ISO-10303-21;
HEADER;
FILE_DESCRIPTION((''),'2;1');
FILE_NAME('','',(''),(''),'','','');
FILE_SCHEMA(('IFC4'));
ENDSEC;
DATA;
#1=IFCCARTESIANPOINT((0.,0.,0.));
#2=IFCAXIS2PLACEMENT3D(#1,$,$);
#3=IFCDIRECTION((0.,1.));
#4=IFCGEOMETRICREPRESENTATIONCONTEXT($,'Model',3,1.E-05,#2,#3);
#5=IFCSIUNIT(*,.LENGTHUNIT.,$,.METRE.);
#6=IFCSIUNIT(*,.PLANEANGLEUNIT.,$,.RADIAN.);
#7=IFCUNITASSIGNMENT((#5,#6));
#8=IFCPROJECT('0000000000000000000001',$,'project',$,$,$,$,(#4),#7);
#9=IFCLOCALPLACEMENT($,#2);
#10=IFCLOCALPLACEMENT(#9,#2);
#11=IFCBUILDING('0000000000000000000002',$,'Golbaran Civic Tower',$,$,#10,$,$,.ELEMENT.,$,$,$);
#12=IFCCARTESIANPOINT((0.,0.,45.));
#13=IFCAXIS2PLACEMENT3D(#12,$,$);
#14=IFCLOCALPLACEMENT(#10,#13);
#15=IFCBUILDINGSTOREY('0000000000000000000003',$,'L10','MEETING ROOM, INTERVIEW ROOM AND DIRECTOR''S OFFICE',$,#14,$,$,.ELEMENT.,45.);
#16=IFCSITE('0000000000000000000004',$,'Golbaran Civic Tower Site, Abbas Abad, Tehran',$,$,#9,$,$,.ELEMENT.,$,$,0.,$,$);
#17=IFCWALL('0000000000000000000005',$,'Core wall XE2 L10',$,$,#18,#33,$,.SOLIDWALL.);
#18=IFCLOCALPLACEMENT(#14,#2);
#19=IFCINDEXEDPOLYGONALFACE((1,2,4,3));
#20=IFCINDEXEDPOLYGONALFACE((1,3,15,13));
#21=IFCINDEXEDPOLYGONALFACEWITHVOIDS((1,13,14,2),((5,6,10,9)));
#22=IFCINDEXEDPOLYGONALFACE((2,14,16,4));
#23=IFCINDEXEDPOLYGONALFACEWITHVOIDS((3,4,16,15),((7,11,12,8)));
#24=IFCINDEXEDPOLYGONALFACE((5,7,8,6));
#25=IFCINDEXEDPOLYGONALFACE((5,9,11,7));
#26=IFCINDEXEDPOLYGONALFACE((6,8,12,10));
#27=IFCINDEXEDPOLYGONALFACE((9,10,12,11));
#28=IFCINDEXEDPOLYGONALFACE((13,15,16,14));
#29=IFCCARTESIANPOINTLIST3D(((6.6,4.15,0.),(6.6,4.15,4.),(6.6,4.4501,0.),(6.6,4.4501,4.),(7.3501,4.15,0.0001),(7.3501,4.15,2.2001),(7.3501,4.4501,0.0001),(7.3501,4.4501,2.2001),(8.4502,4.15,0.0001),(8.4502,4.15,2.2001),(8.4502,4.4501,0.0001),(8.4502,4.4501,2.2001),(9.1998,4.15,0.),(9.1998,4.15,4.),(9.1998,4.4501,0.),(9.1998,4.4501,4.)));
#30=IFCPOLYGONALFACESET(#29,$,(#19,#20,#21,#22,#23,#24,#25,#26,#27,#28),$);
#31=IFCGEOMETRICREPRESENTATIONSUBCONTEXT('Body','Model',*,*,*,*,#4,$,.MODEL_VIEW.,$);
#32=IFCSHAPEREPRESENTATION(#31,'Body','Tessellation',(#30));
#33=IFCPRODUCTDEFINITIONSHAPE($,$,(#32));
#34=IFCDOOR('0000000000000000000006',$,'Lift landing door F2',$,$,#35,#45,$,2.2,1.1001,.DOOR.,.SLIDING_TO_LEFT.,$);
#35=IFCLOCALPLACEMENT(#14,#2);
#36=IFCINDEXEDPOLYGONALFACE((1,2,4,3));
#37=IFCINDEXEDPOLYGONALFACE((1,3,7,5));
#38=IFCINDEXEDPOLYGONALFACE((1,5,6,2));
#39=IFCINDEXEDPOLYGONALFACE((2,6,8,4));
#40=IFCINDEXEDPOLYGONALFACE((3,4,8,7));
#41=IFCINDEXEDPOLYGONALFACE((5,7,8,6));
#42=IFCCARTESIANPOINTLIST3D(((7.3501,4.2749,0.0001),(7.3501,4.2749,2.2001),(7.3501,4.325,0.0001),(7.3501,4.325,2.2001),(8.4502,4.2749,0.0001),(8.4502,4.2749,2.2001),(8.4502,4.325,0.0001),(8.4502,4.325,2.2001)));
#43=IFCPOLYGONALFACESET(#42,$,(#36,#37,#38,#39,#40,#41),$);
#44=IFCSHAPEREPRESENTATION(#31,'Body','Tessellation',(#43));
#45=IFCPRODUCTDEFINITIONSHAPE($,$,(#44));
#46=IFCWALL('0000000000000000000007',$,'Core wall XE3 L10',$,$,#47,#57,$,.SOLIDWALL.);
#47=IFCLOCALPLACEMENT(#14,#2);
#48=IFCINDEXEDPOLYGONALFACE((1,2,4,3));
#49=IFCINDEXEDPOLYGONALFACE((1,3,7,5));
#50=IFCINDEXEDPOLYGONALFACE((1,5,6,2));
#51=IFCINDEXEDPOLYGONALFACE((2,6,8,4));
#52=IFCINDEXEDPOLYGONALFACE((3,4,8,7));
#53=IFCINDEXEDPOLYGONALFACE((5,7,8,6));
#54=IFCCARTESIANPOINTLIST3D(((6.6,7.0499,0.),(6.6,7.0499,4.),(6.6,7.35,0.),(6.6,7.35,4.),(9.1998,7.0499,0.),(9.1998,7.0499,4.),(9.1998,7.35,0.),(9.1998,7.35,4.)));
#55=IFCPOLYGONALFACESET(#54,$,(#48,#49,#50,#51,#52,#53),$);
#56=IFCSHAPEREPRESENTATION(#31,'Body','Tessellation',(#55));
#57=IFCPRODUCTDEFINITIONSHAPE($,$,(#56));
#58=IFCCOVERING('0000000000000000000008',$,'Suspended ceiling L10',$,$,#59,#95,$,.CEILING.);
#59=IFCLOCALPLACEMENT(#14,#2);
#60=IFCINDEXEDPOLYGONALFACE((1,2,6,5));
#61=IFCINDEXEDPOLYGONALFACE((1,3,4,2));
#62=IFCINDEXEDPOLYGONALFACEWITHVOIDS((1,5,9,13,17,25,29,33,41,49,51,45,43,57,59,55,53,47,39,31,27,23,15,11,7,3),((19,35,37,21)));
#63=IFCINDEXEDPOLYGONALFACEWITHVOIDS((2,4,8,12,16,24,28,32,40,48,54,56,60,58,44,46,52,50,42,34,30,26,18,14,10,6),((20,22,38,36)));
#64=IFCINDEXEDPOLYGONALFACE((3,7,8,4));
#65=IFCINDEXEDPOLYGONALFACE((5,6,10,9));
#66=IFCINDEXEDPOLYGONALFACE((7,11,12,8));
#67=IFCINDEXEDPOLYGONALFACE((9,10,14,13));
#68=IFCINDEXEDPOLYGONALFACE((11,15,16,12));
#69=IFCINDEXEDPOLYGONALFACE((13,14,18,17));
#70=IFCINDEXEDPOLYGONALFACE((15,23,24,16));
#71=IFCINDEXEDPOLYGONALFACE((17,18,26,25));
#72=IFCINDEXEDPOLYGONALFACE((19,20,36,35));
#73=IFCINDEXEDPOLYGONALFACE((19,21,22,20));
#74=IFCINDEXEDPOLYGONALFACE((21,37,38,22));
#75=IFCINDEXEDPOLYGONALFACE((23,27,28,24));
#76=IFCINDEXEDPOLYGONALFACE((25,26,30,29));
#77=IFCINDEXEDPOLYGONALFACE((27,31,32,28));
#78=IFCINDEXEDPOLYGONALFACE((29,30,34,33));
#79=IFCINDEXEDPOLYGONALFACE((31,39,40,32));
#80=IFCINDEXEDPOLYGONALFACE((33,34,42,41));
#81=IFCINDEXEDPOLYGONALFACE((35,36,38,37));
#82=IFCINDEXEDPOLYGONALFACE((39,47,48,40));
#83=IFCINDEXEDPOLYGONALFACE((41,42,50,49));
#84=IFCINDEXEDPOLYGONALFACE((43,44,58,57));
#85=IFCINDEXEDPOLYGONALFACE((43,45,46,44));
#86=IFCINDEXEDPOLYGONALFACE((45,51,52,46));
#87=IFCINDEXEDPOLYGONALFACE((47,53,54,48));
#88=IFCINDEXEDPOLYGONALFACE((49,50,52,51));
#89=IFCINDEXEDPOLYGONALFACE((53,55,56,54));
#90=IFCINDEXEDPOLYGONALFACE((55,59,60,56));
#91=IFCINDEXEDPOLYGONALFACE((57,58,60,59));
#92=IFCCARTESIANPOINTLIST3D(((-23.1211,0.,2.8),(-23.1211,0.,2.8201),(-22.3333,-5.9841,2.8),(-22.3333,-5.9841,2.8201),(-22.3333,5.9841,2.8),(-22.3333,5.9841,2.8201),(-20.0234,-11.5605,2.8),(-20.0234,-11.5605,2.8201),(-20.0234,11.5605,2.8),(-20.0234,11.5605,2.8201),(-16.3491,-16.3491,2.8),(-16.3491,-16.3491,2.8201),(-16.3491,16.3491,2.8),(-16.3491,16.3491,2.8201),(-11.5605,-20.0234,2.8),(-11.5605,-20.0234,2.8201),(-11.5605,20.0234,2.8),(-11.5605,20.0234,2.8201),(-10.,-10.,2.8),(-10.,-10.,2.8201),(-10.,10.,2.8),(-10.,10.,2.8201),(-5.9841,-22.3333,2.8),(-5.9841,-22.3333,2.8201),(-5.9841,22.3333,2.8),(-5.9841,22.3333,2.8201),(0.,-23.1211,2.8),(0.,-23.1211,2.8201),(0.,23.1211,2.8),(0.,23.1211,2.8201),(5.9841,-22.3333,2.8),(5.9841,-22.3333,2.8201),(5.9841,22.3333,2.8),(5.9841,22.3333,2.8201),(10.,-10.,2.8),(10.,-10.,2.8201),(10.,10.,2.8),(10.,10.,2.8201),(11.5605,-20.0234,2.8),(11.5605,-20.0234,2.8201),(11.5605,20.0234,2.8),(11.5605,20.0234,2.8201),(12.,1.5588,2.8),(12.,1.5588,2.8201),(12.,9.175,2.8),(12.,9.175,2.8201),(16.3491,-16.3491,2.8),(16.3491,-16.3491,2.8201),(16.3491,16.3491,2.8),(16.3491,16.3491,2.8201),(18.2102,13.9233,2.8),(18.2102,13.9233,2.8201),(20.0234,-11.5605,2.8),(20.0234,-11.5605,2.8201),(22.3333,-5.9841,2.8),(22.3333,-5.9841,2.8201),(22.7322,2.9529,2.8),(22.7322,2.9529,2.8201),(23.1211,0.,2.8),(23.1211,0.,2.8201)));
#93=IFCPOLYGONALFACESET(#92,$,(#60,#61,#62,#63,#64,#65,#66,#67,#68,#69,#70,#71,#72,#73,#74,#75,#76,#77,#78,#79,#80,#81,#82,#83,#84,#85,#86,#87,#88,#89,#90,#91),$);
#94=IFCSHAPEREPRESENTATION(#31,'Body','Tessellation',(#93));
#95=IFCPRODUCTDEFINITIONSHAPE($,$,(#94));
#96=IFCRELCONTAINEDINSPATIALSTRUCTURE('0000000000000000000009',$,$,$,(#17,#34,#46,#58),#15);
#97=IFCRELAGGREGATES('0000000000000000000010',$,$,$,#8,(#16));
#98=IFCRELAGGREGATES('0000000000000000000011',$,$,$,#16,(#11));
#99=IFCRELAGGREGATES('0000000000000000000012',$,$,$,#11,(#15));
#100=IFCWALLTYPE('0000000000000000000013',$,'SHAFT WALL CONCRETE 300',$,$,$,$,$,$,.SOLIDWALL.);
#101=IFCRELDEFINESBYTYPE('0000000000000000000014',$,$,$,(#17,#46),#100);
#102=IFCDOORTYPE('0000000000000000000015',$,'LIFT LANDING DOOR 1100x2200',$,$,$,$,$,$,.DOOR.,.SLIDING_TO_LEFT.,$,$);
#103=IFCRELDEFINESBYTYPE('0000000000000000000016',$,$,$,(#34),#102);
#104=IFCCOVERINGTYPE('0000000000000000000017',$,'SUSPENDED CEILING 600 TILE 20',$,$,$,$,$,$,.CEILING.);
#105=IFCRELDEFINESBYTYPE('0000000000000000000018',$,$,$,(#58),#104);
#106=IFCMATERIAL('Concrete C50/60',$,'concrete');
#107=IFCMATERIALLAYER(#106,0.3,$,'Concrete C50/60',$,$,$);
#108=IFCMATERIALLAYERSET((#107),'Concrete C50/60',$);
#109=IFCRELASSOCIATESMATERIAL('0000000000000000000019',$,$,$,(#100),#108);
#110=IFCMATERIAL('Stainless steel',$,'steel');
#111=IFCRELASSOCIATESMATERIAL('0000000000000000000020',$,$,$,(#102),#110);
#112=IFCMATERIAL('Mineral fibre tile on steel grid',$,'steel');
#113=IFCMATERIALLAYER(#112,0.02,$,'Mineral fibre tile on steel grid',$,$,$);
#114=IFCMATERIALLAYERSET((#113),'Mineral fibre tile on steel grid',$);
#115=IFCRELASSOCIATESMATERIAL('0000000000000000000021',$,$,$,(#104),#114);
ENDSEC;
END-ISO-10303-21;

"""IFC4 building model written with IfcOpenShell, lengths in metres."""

from ifc_helpers import new_model, si_unit, direction, frame, frame_2d, origin, place, context, subcontext, project, spatial, polyline, rectangle, outline, extrude, material, layer, layer_set, type_object, element, fill, save


model = new_model("IFC4")

# Units and contexts
model_context = context("Model", 3, precision=1e-05, world=origin(), true_north=direction((0.0, 1.0)))
body_context = subcontext(model_context, "Body", "Model", "MODEL_VIEW")
ifc_project = project(units=[si_unit("LENGTHUNIT", "METRE"), si_unit("PLANEANGLEUNIT", "RADIAN")], contexts=[model_context])

# Site, building, storey
site_placement = place(None, origin())
site = spatial("IfcSite", under=ifc_project, at=site_placement, Name="Golbaran Civic Tower Site, Abbas Abad, Tehran", CompositionType="ELEMENT", RefElevation=0.0)
building_placement = place(site_placement, origin())
building = spatial("IfcBuilding", under=site, at=building_placement, Name="Golbaran Civic Tower", CompositionType="ELEMENT")
storey_placement = place(building_placement, frame((0.0, 0.0, 45.0)))
storey = spatial("IfcBuildingStorey", under=building, at=storey_placement, Name="L10", Description="MEETING ROOM, INTERVIEW ROOM AND DIRECTOR'S OFFICE", CompositionType="ELEMENT", Elevation=45.0)

# Shared definitions
ifc_material_1 = material(Name="Concrete C50/60", Category="concrete")
ifc_layer_1 = layer(ifc_material_1, 0.3, Name="Concrete C50/60")
ifc_layer_set_1 = layer_set([ifc_layer_1], Name="Concrete C50/60")
wall_type_1 = type_object("IfcWallType", Name="SHAFT WALL CONCRETE 300", PredefinedType="SOLIDWALL", material=ifc_layer_set_1)
ifc_material_2 = material(Name="Stainless steel", Category="steel")
door_type_1 = type_object("IfcDoorType", Name="LIFT LANDING DOOR 1100x2200", OperationType="SLIDING_TO_LEFT", PredefinedType="DOOR", material=ifc_material_2)

# Wall, opening, door
wall_1_placement = place(storey_placement, frame((6.6001, 4.3, 0.0), z_axis=(0.0, 0.0, 1.0), x_axis=(1.0, 0.0, 0.0)))
wall_1 = element("IfcWall", 1, at=wall_1_placement, inside=storey, type_object=wall_type_1, Name="Core wall XE2 L10", PredefinedType="SOLIDWALL", context=body_context, shape_type="SweptSolid", body=[
    extrude(rectangle(XDim=2.5999, YDim=0.3, at=frame_2d((1.2998, 0.0))), origin(), (0.0, 0.0, 1.0), 4.0),
])
opening_1_placement = place(wall_1_placement, frame((0.75, 0.0, 0.0)))
opening_1 = element("IfcOpeningElement", 2, at=opening_1_placement, cuts=wall_1, PredefinedType="OPENING", context=body_context, shape_type="SweptSolid", body=[
    extrude(rectangle(XDim=1.1001, YDim=2.2, at=frame_2d((0.55, 1.1001))), frame((0.0, 0.1599, 0.0), z_axis=(0.0, -1.0, 0.0), x_axis=(1.0, 0.0, 0.0)), (0.0, 0.0, 1.0), 0.3201),
])
door_1_placement = place(opening_1_placement, origin())
door_1 = element("IfcDoor", 3, at=door_1_placement, inside=storey, type_object=door_type_1, Name="Lift landing door F2", OperationType="SLIDING_TO_LEFT", OverallHeight=2.2, OverallWidth=1.1001, PredefinedType="DOOR", context=body_context, shape_type="SweptSolid", body=[
    extrude(rectangle(XDim=1.1001, YDim=2.2, at=frame_2d((0.55, 1.1001))), frame((0.0, 0.0249, 0.0), z_axis=(0.0, -1.0, 0.0), x_axis=(1.0, 0.0, 0.0)), (0.0, 0.0, 1.0), 0.05),
])
fill(opening_1, door_1)

# Wall
wall_2_placement = place(storey_placement, frame((6.6001, 7.2, 0.0), z_axis=(0.0, 0.0, 1.0), x_axis=(1.0, 0.0, 0.0)))
element("IfcWall", 4, at=wall_2_placement, inside=storey, type_object=wall_type_1, Name="Core wall XE3 L10", PredefinedType="SOLIDWALL", context=body_context, shape_type="SweptSolid", body=[
    extrude(rectangle(XDim=2.5999, YDim=0.3, at=frame_2d((1.2998, 0.0))), origin(), (0.0, 0.0, 1.0), 4.0),
])

# Covering
ifc_material_3 = material(Name="Mineral fibre tile on steel grid", Category="steel")
ifc_layer_2 = layer(ifc_material_3, 0.02, Name="Mineral fibre tile on steel grid")
ifc_layer_set_2 = layer_set([ifc_layer_2], Name="Mineral fibre tile on steel grid")
covering_type = type_object("IfcCoveringType", Name="SUSPENDED CEILING 600 TILE 20", PredefinedType="CEILING", material=ifc_layer_set_2)
covering_placement = place(storey_placement, frame((0.0, 0.0, 2.8)))
element("IfcCovering", 5, at=covering_placement, inside=storey, type_object=covering_type, Name="Suspended ceiling L10", PredefinedType="CEILING", context=body_context, shape_type="SweptSolid", body=[
    extrude(outline(polyline([(-22.3333, 5.9841), (-20.0234, 11.5605), (-16.3491, 16.3491), (-11.5605, 20.0234), (-5.9841, 22.3333), (0.0, 23.1211), (5.9841, 22.3333), (11.5605, 20.0234), (16.3491, 16.3491), (18.2102, 13.9233), (12.0, 9.175), (12.0, 1.5588), (22.7322, 2.9529), (23.1211, 0.0), (22.3333, -5.9841), (20.0234, -11.5605), (16.3491, -16.3491), (11.5605, -20.0234), (5.9841, -22.3333), (0.0, -23.1211), (-5.9841, -22.3333), (-11.5605, -20.0234), (-16.3491, -16.3491), (-20.0234, -11.5605), (-22.3333, -5.9841), (-23.1211, 0.0), (-22.3333, 5.9841)]), holes=[polyline([(-10.0, 10.0), (-10.0, -10.0), (10.0, -10.0), (10.0, 10.0), (-10.0, 10.0)])]), origin(), (0.0, 0.0, 1.0), 0.02),
])

save(model, "model.ifc")
